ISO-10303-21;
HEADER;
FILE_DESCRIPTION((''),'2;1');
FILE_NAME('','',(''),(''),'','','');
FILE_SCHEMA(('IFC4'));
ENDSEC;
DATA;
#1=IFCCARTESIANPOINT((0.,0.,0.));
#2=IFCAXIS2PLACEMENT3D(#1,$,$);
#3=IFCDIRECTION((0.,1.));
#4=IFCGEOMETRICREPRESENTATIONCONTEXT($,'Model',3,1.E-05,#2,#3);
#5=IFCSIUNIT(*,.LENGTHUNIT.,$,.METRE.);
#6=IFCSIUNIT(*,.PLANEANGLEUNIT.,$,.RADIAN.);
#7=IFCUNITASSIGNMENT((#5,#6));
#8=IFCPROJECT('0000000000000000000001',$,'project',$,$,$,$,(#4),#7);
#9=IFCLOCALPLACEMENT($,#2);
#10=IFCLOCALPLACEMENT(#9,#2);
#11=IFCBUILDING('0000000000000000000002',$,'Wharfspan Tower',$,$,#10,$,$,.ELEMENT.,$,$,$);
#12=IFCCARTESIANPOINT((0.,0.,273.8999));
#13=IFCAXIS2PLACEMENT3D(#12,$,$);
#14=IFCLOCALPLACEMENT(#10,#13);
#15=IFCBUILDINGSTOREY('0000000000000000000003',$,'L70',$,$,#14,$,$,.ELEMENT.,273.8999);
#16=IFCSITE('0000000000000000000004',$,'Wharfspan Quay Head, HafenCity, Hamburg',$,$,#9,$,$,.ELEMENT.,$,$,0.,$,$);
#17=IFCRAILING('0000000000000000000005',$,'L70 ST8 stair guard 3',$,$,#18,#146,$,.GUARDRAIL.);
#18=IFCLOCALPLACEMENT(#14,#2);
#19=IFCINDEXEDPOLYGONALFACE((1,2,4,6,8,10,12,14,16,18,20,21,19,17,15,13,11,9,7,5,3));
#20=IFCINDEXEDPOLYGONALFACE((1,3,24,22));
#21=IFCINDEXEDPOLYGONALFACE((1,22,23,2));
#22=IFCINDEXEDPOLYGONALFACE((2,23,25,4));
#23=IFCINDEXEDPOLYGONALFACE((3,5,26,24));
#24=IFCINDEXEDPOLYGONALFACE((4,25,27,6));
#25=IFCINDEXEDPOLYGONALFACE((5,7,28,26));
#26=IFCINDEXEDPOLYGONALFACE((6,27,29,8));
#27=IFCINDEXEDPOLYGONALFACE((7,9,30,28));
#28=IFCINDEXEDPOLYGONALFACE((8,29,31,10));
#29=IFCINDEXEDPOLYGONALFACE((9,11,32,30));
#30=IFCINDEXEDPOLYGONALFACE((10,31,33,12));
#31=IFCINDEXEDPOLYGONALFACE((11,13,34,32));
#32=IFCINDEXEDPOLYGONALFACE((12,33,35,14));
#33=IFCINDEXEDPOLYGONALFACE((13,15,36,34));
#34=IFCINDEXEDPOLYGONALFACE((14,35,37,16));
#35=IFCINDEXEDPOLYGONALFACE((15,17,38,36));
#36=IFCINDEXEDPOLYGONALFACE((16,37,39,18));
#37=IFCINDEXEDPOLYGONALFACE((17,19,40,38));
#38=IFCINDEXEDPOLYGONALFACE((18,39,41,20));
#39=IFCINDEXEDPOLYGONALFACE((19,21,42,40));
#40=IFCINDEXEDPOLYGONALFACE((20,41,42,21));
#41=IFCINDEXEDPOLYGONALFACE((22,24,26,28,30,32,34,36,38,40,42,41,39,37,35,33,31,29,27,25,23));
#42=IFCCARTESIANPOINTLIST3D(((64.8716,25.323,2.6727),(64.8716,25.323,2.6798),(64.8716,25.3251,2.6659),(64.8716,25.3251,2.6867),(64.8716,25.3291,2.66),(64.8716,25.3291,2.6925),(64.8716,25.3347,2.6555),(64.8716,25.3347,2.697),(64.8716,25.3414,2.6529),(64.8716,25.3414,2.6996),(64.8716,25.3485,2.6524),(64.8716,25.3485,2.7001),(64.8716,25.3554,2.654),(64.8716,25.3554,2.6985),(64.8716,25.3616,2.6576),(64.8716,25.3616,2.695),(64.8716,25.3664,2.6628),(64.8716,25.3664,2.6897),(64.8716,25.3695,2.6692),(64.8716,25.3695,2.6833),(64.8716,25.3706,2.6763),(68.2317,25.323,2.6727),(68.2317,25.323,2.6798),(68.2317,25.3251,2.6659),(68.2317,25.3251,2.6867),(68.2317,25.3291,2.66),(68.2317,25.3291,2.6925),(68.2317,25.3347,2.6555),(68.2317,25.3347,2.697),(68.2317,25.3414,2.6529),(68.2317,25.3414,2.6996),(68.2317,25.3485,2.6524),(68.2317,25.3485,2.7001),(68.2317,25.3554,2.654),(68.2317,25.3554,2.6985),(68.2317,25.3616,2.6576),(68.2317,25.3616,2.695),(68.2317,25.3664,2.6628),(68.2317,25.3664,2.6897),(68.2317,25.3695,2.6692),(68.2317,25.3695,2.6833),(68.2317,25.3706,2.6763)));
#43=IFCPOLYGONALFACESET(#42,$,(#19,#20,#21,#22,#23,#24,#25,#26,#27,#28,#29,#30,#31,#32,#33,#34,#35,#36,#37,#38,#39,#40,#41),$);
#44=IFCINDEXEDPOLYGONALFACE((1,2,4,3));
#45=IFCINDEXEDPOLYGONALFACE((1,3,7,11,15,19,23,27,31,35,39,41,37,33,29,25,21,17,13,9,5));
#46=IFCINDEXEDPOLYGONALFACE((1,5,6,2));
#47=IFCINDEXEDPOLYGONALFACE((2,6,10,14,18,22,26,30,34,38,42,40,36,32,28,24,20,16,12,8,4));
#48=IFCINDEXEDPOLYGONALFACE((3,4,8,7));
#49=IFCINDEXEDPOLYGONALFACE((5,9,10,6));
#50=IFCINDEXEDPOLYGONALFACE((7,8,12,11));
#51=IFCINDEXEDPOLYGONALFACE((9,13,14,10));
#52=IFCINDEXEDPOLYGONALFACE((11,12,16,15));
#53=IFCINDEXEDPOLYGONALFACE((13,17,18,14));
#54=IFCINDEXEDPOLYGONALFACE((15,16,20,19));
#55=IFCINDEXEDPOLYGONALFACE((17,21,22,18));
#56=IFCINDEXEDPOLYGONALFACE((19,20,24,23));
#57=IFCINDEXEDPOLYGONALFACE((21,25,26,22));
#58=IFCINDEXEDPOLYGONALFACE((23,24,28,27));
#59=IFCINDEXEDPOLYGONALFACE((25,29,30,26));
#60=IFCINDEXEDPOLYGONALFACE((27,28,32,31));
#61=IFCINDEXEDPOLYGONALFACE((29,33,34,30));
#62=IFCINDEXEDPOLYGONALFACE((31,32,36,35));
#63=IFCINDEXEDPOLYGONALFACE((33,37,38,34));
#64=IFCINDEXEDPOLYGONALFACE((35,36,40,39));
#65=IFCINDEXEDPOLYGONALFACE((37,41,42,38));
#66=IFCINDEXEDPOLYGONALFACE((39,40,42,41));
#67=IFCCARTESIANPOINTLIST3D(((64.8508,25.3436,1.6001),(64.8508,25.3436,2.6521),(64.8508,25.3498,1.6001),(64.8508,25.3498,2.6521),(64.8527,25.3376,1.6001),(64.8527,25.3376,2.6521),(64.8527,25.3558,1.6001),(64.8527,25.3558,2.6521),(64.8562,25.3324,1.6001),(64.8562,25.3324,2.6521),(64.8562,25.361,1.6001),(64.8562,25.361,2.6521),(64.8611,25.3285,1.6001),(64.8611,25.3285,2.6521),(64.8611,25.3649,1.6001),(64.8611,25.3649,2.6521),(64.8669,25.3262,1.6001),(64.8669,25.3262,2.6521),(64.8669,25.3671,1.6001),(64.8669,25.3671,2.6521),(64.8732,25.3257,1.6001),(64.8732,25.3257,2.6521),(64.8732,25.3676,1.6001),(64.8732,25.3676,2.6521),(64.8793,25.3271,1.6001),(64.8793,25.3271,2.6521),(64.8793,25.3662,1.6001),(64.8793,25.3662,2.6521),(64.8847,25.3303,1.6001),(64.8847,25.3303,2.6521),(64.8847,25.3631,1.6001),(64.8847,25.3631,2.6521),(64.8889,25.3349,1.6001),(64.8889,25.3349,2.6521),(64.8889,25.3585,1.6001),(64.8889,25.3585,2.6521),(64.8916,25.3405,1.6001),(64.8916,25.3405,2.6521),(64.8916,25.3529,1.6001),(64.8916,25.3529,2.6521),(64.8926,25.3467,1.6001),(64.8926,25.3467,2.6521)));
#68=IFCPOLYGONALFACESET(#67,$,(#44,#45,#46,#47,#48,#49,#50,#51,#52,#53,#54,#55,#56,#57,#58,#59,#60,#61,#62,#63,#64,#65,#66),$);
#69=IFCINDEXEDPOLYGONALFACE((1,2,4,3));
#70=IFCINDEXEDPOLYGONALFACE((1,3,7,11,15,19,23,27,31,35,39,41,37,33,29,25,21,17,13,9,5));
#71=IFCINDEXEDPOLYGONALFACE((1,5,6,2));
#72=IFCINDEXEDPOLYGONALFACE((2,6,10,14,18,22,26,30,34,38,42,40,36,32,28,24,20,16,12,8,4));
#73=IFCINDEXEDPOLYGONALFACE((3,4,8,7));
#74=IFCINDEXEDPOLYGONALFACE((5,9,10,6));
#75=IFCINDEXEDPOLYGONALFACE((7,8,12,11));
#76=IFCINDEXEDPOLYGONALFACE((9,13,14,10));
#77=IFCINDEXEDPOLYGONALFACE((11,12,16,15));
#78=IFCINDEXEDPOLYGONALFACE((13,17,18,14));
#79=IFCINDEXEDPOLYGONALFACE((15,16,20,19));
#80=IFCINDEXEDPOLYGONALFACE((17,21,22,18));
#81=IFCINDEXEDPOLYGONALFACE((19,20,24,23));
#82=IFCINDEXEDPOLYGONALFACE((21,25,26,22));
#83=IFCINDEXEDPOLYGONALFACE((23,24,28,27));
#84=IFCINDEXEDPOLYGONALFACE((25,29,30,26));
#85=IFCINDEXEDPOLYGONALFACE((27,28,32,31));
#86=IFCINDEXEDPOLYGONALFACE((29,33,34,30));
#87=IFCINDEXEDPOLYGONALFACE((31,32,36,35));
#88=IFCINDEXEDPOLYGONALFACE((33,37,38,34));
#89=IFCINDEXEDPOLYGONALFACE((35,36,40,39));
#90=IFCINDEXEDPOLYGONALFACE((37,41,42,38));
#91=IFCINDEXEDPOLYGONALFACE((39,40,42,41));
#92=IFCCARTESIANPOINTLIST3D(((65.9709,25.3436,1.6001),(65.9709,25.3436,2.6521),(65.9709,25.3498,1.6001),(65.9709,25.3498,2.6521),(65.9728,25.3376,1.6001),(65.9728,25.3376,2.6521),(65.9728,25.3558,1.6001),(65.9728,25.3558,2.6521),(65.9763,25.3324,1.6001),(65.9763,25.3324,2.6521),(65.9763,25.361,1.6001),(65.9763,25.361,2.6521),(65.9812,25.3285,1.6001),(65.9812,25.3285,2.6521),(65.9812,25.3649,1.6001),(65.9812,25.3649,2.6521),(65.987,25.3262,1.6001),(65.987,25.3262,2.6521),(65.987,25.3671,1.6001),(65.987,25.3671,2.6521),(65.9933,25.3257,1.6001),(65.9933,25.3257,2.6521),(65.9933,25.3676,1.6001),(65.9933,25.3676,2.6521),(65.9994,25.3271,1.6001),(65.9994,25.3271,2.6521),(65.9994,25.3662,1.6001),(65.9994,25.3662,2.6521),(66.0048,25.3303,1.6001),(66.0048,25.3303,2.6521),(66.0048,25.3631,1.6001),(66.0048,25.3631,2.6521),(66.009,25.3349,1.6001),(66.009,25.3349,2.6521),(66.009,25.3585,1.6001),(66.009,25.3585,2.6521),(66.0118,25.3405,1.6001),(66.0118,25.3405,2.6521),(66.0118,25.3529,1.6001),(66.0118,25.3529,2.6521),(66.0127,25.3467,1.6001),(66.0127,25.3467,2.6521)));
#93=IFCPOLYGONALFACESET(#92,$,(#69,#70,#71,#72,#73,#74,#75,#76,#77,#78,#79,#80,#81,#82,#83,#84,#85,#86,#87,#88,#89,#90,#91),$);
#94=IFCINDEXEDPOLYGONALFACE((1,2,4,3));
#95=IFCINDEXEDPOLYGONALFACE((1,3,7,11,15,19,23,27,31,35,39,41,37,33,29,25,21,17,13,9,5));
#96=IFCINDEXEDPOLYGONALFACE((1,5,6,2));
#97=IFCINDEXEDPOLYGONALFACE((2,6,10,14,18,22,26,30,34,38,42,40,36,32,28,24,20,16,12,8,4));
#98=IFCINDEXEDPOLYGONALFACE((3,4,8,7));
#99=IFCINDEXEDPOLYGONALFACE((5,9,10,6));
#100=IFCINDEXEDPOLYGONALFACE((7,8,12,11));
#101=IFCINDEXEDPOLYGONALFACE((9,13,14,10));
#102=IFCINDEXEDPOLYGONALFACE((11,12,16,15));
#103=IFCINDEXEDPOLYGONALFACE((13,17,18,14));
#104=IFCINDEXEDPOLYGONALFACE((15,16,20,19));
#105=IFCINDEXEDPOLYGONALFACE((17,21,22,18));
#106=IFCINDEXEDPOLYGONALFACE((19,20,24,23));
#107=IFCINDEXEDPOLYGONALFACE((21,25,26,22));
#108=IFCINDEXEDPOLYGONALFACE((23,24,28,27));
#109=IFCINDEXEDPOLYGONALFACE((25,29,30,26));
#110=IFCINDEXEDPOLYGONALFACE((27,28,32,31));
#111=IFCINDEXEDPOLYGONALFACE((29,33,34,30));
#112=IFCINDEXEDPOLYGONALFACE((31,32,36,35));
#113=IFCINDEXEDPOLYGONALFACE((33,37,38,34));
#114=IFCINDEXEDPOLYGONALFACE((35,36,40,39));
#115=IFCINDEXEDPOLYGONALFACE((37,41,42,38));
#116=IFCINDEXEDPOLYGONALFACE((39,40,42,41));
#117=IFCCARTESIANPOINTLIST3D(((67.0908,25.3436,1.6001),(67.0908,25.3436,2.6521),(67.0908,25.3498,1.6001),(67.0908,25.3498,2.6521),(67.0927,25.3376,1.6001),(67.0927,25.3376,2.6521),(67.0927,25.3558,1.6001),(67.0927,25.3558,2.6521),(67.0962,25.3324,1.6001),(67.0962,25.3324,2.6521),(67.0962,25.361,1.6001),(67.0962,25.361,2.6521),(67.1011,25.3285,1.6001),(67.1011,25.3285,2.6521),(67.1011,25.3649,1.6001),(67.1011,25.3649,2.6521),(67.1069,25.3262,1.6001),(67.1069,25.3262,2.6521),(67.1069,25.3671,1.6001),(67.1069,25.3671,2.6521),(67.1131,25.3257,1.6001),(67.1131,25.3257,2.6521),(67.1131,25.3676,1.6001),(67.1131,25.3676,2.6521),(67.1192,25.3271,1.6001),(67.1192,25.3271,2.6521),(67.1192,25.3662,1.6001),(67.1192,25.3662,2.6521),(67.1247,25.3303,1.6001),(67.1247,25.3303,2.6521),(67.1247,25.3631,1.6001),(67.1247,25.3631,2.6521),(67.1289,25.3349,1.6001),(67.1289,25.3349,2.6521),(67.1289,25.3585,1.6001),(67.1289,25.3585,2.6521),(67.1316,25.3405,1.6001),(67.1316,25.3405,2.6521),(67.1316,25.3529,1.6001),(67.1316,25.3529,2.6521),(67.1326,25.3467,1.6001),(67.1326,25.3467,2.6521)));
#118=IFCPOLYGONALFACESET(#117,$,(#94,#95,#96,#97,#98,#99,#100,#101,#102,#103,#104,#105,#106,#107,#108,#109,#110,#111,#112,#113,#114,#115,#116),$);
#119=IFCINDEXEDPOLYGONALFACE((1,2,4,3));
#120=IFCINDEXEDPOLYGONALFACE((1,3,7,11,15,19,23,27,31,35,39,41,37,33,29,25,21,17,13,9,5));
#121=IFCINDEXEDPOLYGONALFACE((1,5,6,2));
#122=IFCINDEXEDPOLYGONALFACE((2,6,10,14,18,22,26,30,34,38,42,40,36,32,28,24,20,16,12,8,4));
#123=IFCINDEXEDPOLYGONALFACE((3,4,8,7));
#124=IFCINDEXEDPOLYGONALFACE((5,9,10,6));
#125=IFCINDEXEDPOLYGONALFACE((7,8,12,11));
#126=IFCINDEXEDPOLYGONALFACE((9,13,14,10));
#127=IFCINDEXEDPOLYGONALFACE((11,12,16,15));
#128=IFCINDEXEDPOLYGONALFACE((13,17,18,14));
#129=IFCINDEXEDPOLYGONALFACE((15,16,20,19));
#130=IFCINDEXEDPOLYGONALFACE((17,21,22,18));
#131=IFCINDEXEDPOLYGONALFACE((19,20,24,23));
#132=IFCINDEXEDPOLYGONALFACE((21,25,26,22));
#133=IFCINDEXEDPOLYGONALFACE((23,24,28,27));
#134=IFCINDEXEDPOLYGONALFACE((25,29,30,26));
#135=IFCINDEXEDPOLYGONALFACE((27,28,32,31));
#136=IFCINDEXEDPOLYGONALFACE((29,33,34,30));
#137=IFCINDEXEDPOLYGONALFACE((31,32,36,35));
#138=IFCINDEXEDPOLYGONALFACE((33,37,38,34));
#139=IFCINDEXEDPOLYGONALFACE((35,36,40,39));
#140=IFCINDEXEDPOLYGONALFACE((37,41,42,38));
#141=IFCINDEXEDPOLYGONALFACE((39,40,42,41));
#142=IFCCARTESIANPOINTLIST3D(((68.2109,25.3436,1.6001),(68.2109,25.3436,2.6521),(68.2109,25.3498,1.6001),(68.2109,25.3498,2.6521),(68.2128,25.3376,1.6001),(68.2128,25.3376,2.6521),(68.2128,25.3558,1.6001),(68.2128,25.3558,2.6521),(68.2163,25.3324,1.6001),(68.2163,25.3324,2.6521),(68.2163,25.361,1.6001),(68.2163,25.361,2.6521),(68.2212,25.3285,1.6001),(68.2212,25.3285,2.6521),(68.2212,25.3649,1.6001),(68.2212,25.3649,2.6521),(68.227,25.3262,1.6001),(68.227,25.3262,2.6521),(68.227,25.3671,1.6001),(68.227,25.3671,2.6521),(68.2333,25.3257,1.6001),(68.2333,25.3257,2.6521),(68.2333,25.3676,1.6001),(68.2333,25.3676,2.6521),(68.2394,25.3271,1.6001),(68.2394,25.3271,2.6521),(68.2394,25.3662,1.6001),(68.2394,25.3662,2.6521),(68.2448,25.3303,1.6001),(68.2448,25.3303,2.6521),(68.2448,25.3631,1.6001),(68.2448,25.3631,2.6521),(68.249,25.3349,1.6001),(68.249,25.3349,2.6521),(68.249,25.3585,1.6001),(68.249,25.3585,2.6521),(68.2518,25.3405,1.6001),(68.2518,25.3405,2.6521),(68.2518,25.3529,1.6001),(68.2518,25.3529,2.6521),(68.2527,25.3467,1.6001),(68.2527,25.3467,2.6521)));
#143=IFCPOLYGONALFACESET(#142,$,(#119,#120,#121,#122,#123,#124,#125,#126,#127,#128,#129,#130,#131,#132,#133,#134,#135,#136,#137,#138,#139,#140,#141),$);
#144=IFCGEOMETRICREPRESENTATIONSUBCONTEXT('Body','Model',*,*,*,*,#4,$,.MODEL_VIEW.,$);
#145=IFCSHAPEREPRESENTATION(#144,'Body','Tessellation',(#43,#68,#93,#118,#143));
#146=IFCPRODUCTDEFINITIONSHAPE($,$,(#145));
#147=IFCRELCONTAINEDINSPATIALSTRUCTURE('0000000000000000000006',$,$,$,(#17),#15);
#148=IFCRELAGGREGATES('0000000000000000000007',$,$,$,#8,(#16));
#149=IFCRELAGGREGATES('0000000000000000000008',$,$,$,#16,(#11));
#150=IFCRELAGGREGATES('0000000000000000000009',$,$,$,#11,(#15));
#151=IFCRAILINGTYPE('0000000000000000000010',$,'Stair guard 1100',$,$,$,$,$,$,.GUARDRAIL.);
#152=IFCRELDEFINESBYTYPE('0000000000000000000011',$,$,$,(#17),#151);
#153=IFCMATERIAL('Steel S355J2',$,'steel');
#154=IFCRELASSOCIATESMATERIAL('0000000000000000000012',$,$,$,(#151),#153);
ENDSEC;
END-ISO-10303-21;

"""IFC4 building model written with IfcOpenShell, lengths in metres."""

from ifc_helpers import new_model, si_unit, direction, frame, origin, origin_2d, place, context, subcontext, project, spatial, circle, extrude, material, type_object, element, save


model = new_model("IFC4")

# Units and contexts
model_context = context("Model", 3, precision=1e-05, world=origin(), true_north=direction((0.0, 1.0)))
body_context = subcontext(model_context, "Body", "Model", "MODEL_VIEW")
ifc_project = project(units=[si_unit("LENGTHUNIT", "METRE"), si_unit("PLANEANGLEUNIT", "RADIAN")], contexts=[model_context])

# Site, building, storey
site_placement = place(None, origin())
site = spatial("IfcSite", under=ifc_project, at=site_placement, Name="Wharfspan Quay Head, HafenCity, Hamburg", CompositionType="ELEMENT", RefElevation=0.0)
building_placement = place(site_placement, origin())
building = spatial("IfcBuilding", under=site, at=building_placement, Name="Wharfspan Tower", CompositionType="ELEMENT")
storey_placement = place(building_placement, frame((0.0, 0.0, 273.8999)))
storey = spatial("IfcBuildingStorey", under=building, at=storey_placement, Name="L70", CompositionType="ELEMENT", Elevation=273.8999)

# Shared definitions
ifc_material_1 = material(Name="Steel S355J2", Category="steel")

# Railing
railing_type_1 = type_object("IfcRailingType", Name="Stair guard 1100", PredefinedType="GUARDRAIL", material=ifc_material_1)
for number, where, name in (
    (1, (64.8716, 25.3467, 1.6001), "L70 ST8 stair guard 3"),
):
    element("IfcRailing", number, at=place(storey_placement, frame(where)), inside=storey, type_object=railing_type_1, Name=name, PredefinedType="GUARDRAIL", context=body_context, shape_type="SweptSolid", body=[
        extrude(circle(Radius=0.0239, at=origin_2d()), frame((0.0, 0.0, 1.0762), z_axis=(1.0, 0.0, 0.0), x_axis=(0.0, 1.0, 0.0)), (0.0, 0.0, 1.0), 3.3601),
        extrude(circle(Radius=0.021, at=origin_2d()), origin(), (0.0, 0.0, 1.0), 1.052),
        extrude(circle(Radius=0.021, at=origin_2d()), frame((1.1201, 0.0, 0.0)), (0.0, 0.0, 1.0), 1.052),
        extrude(circle(Radius=0.021, at=origin_2d()), frame((2.24, 0.0, 0.0)), (0.0, 0.0, 1.0), 1.052),
        extrude(circle(Radius=0.021, at=origin_2d()), frame((3.3601, 0.0, 0.0)), (0.0, 0.0, 1.0), 1.052),
    ])

save(model, "model.ifc")
